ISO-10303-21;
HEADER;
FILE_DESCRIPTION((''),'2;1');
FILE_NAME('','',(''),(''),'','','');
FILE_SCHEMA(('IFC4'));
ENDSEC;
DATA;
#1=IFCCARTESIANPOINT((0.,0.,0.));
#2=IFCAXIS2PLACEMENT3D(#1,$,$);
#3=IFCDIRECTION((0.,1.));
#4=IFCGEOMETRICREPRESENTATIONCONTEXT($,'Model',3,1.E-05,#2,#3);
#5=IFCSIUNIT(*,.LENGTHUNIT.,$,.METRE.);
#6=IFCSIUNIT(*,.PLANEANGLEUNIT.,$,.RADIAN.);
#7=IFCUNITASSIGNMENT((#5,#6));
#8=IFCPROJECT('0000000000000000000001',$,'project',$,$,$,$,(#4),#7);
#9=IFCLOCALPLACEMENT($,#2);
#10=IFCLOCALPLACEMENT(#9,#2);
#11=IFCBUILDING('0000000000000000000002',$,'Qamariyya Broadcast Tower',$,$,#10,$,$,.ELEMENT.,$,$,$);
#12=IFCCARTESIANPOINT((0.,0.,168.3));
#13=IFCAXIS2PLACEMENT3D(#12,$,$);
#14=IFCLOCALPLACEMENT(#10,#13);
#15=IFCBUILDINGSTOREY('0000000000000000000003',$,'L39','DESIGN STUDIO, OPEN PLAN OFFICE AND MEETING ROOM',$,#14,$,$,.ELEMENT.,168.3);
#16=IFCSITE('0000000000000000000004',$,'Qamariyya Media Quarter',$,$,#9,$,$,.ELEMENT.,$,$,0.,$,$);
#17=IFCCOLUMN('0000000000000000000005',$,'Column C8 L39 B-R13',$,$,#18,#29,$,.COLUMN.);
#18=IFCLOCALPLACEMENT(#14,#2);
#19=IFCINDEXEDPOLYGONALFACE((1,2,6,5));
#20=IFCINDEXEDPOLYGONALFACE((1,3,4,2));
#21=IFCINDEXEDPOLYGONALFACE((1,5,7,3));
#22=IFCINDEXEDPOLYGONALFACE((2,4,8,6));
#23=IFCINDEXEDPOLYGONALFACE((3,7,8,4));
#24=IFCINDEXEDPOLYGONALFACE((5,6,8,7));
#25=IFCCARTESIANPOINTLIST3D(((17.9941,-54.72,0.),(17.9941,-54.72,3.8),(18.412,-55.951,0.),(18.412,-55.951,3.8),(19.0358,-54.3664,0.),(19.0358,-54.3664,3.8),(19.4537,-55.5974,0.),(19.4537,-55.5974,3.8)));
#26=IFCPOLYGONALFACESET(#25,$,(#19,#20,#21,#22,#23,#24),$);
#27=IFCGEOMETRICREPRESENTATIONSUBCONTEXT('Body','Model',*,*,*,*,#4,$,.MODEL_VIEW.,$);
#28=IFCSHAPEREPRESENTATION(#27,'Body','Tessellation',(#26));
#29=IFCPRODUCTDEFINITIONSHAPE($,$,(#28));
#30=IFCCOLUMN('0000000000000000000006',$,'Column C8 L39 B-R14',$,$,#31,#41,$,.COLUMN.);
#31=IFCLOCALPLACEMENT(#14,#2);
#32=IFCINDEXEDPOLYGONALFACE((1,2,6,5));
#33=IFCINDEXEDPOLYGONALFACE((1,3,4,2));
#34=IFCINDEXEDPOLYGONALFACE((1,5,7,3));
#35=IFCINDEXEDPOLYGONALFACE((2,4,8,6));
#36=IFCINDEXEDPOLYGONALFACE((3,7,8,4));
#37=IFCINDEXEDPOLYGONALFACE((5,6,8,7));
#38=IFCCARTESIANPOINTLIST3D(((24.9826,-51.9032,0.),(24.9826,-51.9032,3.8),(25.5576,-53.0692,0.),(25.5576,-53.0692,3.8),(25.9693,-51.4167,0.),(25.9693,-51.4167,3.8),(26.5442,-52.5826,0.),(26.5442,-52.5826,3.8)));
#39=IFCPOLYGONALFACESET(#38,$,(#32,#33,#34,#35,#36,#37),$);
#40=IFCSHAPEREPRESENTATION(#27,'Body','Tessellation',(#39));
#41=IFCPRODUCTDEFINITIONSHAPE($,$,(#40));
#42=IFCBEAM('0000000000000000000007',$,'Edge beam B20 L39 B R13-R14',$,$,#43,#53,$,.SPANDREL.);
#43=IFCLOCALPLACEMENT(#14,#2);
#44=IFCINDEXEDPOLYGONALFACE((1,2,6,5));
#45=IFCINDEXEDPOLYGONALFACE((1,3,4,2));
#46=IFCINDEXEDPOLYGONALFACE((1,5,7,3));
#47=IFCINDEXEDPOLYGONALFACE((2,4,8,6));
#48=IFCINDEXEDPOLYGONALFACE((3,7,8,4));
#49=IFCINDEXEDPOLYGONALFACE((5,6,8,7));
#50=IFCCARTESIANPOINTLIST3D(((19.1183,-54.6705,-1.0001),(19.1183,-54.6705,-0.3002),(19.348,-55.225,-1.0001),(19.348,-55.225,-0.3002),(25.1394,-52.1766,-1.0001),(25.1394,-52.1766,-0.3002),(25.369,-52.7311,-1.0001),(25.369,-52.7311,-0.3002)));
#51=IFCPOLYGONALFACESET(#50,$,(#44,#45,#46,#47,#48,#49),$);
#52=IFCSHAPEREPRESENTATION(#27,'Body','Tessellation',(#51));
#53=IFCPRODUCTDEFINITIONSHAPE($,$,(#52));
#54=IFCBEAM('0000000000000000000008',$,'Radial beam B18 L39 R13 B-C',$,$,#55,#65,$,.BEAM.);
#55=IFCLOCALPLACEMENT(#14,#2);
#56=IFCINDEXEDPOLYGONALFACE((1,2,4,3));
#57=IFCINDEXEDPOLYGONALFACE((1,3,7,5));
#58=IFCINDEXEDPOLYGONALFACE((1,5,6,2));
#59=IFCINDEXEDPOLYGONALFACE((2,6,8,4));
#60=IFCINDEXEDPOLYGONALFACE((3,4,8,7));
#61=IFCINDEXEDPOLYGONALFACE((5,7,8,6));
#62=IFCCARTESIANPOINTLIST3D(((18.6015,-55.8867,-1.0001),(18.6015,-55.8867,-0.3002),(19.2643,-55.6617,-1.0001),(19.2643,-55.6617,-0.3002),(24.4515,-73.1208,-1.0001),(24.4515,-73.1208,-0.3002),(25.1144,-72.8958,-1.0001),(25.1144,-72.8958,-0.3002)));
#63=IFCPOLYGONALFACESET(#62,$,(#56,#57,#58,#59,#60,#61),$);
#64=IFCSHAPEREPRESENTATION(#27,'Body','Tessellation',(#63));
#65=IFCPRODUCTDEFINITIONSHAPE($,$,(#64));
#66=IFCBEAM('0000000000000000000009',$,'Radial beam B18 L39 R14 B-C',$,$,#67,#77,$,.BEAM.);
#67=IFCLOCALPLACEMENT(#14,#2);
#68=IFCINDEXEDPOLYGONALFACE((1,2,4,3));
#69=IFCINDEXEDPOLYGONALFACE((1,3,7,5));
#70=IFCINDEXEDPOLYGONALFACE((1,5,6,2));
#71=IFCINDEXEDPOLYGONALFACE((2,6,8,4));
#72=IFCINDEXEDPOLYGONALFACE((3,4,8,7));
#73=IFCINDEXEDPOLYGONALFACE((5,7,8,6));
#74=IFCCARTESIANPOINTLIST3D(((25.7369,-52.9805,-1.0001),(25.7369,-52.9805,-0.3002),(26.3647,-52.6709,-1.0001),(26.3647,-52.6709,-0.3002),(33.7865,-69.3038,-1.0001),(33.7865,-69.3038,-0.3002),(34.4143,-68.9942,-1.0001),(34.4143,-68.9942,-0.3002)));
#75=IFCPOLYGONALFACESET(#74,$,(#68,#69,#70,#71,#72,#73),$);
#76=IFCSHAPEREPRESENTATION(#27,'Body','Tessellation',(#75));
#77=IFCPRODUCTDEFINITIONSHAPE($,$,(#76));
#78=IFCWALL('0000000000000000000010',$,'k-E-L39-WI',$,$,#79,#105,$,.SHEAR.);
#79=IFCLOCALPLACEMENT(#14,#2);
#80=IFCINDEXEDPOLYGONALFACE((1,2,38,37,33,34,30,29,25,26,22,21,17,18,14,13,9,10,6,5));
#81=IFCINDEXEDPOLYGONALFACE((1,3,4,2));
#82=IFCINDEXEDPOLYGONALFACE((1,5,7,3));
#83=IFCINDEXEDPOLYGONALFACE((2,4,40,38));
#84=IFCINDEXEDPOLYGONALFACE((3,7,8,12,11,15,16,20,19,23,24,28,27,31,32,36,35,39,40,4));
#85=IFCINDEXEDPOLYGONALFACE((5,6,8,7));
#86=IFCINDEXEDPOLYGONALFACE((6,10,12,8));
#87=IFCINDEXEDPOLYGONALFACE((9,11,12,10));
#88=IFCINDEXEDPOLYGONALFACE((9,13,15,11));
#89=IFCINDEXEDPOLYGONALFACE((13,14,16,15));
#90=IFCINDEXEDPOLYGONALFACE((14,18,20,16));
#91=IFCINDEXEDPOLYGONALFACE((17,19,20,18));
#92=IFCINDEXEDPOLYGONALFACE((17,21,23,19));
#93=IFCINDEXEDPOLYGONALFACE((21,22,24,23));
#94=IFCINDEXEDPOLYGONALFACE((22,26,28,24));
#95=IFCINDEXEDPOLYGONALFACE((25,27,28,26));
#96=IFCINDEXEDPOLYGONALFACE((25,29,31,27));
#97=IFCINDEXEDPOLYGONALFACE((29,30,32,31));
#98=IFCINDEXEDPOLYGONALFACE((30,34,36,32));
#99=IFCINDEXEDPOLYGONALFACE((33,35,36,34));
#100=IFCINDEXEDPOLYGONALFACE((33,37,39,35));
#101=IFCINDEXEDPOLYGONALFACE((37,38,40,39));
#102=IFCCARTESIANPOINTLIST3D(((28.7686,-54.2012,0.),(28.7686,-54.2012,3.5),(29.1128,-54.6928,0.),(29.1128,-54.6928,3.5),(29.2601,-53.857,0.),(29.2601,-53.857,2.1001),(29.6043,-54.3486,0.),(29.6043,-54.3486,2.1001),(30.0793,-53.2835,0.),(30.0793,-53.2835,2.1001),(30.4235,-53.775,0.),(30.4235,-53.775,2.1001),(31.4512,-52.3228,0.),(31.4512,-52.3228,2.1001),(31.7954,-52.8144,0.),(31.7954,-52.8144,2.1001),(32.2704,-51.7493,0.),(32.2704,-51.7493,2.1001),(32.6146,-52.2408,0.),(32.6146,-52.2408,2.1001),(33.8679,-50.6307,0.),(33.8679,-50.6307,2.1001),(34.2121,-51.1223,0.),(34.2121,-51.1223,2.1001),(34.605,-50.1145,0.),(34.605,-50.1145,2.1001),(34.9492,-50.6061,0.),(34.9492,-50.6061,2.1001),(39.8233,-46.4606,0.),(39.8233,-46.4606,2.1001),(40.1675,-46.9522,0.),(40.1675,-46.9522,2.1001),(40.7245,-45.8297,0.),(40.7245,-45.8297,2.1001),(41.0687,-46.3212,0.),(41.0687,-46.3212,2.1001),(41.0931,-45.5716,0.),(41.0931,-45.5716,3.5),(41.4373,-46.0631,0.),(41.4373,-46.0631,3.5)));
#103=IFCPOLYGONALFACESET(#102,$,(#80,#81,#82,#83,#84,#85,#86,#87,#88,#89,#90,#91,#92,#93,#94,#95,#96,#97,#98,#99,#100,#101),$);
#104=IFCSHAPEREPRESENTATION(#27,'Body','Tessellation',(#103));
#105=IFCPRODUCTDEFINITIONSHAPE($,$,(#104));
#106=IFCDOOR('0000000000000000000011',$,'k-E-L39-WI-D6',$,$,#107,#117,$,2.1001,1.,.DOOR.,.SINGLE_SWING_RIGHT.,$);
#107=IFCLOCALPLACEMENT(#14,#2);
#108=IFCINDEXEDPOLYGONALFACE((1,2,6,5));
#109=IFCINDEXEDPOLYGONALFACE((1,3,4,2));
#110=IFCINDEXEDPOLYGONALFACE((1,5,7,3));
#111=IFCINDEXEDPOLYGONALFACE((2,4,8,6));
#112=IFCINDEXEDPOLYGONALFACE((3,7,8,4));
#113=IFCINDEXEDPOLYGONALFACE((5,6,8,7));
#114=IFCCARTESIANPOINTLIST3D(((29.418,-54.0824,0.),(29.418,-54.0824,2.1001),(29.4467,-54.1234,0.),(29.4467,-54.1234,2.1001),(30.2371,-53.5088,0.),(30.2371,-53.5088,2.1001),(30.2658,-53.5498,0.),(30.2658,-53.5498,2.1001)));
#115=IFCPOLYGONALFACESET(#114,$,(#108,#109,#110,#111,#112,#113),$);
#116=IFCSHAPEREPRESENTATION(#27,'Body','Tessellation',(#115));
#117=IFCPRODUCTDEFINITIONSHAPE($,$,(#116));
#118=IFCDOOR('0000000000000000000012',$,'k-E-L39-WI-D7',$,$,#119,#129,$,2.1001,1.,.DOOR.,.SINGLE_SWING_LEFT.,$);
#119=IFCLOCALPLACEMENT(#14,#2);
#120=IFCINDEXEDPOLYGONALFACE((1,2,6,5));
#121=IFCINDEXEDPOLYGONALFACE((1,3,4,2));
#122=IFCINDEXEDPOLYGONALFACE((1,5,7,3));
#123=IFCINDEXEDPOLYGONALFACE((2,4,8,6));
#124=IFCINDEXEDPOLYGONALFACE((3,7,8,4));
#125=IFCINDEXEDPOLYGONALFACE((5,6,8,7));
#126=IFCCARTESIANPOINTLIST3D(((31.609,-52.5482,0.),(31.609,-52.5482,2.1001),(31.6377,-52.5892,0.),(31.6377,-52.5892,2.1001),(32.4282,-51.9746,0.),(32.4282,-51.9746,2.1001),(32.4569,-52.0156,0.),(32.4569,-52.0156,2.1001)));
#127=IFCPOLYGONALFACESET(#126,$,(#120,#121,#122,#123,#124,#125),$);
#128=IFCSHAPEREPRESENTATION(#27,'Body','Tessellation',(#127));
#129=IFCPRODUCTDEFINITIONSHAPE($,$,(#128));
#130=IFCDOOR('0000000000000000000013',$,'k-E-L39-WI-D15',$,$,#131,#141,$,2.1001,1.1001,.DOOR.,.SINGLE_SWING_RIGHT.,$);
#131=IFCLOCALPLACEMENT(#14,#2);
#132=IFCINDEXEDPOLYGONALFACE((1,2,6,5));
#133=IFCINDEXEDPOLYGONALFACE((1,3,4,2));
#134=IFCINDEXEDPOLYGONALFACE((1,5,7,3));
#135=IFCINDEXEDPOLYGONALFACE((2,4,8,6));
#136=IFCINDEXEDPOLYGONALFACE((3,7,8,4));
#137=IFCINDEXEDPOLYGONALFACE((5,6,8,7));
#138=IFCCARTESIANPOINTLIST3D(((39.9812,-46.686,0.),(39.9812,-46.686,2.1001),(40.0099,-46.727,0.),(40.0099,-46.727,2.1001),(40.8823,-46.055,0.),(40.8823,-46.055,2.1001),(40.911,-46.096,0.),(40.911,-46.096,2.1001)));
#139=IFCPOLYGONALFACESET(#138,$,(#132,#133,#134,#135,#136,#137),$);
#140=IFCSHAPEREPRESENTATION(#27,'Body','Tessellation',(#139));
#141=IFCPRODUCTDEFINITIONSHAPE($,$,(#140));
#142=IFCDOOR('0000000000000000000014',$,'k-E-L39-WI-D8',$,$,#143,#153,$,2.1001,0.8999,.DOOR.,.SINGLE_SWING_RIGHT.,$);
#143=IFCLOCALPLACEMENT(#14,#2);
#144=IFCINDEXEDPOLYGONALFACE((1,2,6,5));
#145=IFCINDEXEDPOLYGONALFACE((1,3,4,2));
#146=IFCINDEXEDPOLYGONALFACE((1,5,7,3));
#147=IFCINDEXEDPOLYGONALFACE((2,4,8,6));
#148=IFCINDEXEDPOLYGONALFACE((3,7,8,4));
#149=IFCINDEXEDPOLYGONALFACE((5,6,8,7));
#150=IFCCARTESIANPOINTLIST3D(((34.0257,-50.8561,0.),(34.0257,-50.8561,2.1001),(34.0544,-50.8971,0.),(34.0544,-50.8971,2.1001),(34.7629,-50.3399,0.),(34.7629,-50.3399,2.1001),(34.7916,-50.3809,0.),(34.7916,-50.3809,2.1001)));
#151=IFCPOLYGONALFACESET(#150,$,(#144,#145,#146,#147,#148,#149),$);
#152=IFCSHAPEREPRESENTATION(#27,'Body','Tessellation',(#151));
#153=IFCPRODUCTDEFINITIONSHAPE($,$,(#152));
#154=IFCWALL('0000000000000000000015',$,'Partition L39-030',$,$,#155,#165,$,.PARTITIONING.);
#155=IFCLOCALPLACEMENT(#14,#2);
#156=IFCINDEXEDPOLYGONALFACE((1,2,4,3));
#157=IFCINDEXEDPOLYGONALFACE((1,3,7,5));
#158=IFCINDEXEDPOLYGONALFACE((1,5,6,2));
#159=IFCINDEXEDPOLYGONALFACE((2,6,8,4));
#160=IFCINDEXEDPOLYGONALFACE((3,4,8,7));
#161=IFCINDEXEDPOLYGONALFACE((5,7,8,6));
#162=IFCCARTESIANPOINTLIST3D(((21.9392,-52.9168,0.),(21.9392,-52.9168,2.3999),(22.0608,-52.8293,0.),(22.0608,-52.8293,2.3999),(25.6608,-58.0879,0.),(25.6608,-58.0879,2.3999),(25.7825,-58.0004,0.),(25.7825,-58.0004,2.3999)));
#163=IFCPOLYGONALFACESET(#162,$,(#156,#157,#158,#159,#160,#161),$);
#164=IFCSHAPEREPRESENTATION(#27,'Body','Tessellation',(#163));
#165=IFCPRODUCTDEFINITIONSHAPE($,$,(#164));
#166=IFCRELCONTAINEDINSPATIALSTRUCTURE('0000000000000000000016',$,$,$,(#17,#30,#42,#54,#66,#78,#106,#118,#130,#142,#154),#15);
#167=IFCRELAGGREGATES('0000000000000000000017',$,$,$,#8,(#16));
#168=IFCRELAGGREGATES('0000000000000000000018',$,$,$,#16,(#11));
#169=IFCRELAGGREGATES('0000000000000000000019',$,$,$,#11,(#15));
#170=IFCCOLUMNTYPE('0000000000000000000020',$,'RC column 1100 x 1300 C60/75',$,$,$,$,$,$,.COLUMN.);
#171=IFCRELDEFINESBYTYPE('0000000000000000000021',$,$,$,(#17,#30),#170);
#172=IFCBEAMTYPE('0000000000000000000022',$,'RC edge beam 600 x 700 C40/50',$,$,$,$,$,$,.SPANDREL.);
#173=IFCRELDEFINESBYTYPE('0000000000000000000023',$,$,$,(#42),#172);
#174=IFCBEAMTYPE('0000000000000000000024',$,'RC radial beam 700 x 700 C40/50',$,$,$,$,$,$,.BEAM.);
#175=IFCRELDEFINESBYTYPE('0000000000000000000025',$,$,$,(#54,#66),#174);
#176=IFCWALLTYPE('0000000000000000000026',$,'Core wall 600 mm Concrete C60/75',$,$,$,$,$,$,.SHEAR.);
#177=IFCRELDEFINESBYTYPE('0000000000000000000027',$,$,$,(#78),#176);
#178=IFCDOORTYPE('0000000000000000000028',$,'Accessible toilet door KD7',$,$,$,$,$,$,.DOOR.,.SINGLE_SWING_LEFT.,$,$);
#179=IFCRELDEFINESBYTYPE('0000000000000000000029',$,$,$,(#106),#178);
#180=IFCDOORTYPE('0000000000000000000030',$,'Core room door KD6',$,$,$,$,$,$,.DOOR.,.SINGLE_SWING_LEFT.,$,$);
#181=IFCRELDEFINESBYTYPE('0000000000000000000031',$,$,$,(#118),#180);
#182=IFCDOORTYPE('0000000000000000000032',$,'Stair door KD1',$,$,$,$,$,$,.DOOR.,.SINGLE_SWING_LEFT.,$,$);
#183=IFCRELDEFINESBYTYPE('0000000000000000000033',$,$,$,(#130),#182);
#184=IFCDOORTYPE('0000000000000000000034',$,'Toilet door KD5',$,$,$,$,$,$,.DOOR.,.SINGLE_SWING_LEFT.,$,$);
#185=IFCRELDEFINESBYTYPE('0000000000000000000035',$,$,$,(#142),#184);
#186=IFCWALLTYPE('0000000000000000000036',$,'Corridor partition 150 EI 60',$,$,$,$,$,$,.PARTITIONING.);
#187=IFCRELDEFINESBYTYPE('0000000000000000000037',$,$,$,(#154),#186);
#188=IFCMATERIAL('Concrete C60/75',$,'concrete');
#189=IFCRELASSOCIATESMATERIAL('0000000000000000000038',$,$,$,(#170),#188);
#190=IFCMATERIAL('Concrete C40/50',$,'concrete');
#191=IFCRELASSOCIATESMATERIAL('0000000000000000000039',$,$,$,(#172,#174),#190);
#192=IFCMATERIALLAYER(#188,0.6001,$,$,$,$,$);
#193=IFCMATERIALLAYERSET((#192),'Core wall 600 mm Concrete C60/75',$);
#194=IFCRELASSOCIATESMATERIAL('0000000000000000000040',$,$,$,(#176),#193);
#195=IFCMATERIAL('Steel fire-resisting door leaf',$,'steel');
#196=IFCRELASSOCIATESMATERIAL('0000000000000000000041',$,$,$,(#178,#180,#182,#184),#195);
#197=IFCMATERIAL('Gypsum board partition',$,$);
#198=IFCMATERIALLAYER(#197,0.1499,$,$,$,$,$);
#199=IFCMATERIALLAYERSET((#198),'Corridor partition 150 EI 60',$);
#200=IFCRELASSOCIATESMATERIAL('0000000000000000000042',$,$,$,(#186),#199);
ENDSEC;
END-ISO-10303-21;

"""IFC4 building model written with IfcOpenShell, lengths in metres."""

from ifc_helpers import new_model, si_unit, direction, frame, frame_2d, origin, origin_2d, place, context, subcontext, project, spatial, rectangle, extrude, material, layer, layer_set, material_profile, profile_set, type_object, element, fill, save


model = new_model("IFC4")

# Units and contexts
model_context = context("Model", 3, precision=1e-05, world=origin(), true_north=direction((0.0, 1.0)))
body_context = subcontext(model_context, "Body", "Model", "MODEL_VIEW")
ifc_project = project(units=[si_unit("LENGTHUNIT", "METRE"), si_unit("PLANEANGLEUNIT", "RADIAN")], contexts=[model_context])

# Site, building, storey
site_placement = place(None, origin())
site = spatial("IfcSite", under=ifc_project, at=site_placement, Name="Qamariyya Media Quarter", CompositionType="ELEMENT", RefElevation=0.0)
building_placement = place(site_placement, origin())
building = spatial("IfcBuilding", under=site, at=building_placement, Name="Qamariyya Broadcast Tower", CompositionType="ELEMENT")
storey_placement = place(building_placement, frame((0.0, 0.0, 168.3)))
storey = spatial("IfcBuildingStorey", under=building, at=storey_placement, Name="L39", Description="DESIGN STUDIO, OPEN PLAN OFFICE AND MEETING ROOM", CompositionType="ELEMENT", Elevation=168.3)

# Columns
ifc_material_1 = material(Name="Concrete C60/75", Category="concrete")
ifc_material_profile_1 = material_profile(ifc_material_1, rectangle(XDim=1.1001, YDim=1.3, at=origin_2d()))
ifc_profile_set_1 = profile_set([ifc_material_profile_1], Name="Concrete C60/75")
column_type = type_object("IfcColumnType", Name="RC column 1100 x 1300 C60/75", PredefinedType="COLUMN", material=ifc_profile_set_1)
for number, where, z_axis, x_axis, name in (
    (1, (18.7239, -55.1587, 0.0), (0.0, 0.0, 1.0), (0.94693, 0.321439, 0.0), "Column C8 L39 B-R13"),
    (2, (25.7634, -52.2429, 0.0), (0.0, 0.0, 1.0), (0.896873, 0.442289, 0.0), "Column C8 L39 B-R14"),
):
    element("IfcColumn", number, at=place(storey_placement, frame(where, z_axis=z_axis, x_axis=x_axis)), inside=storey, type_object=column_type, Name=name, PredefinedType="COLUMN", context=body_context, shape_type="SweptSolid", body=[
        extrude(rectangle(XDim=1.1001, YDim=1.3, at=origin_2d()), origin(), (0.0, 0.0, 1.0), 3.8),
    ])

# Beams
ifc_material_2 = material(Name="Concrete C40/50", Category="concrete")
ifc_material_profile_2 = material_profile(ifc_material_2, rectangle(XDim=0.6001, YDim=0.7, at=origin_2d()))
ifc_profile_set_2 = profile_set([ifc_material_profile_2], Name="Concrete C40/50")
beam_type_1 = type_object("IfcBeamType", Name="RC edge beam 600 x 700 C40/50", PredefinedType="SPANDREL", material=ifc_profile_set_2)
beam_1_placement = place(storey_placement, frame((19.2332, -54.9478, -0.6501), z_axis=(0.923884, 0.382673, 0.0), x_axis=(-0.382673, 0.923884, 0.0)))
element("IfcBeam", 3, at=beam_1_placement, inside=storey, type_object=beam_type_1, Name="Edge beam B20 L39 B R13-R14", PredefinedType="SPANDREL", context=body_context, shape_type="SweptSolid", body=[
    extrude(rectangle(XDim=0.6001, YDim=0.7, at=origin_2d()), origin(), (0.0, 0.0, 1.0), 6.5171),
])
ifc_material_profile_3 = material_profile(ifc_material_2, rectangle(XDim=0.7, YDim=0.7, at=origin_2d()))
ifc_profile_set_3 = profile_set([ifc_material_profile_3], Name="Concrete C40/50")
beam_type_2 = type_object("IfcBeamType", Name="RC radial beam 700 x 700 C40/50", PredefinedType="BEAM", material=ifc_profile_set_3)
beam_2_placement = place(storey_placement, frame((18.9329, -55.7742, -0.6501), z_axis=(0.321434, -0.946932, 0.0), x_axis=(0.946932, 0.321434, 0.0)))
element("IfcBeam", 4, at=beam_2_placement, inside=storey, type_object=beam_type_2, Name="Radial beam B18 L39 R13 B-C", PredefinedType="BEAM", context=body_context, shape_type="SweptSolid", body=[
    extrude(rectangle(XDim=0.7, YDim=0.7, at=origin_2d()), origin(), (0.0, 0.0, 1.0), 18.2),
])
beam_3_placement = place(storey_placement, frame((26.0508, -52.8257, -0.6501), z_axis=(0.442281, -0.896876, 0.0), x_axis=(0.896876, 0.442281, 0.0)))
element("IfcBeam", 5, at=beam_3_placement, inside=storey, type_object=beam_type_2, Name="Radial beam B18 L39 R14 B-C", PredefinedType="BEAM", context=body_context, shape_type="SweptSolid", body=[
    extrude(rectangle(XDim=0.7, YDim=0.7, at=origin_2d()), origin(), (0.0, 0.0, 1.0), 18.2002),
])

# Wall, openings, doors
ifc_layer_1 = layer(ifc_material_1, 0.6001)
ifc_layer_set_1 = layer_set([ifc_layer_1], Name="Core wall 600 mm Concrete C60/75")
wall_type_1 = type_object("IfcWallType", Name="Core wall 600 mm Concrete C60/75", PredefinedType="SHEAR", material=ifc_layer_set_1)
wall_1_placement = place(storey_placement, frame((28.9407, -54.447, 0.0), z_axis=(0.0, 0.0, 1.0), x_axis=(0.819153, 0.573575, 0.0)))
wall_1 = element("IfcWall", 6, at=wall_1_placement, inside=storey, type_object=wall_type_1, Name="k-E-L39-WI", PredefinedType="SHEAR", context=body_context, shape_type="SweptSolid", body=[
    extrude(rectangle(XDim=15.0454, YDim=0.6001, at=frame_2d((7.5227, 0.0))), origin(), (0.0, 0.0, 1.0), 3.5),
])
opening_1_placement = place(wall_1_placement, frame((0.6001, 0.0, 0.0)))
opening_1 = element("IfcOpeningElement", 7, at=opening_1_placement, cuts=wall_1, PredefinedType="OPENING", context=body_context, shape_type="SweptSolid", body=[
    extrude(rectangle(XDim=1.0, YDim=2.1001, at=frame_2d((0.5, 1.05))), frame((0.0, 0.3101, 0.0), z_axis=(0.0, -1.0, 0.0), x_axis=(1.0, 0.0, 0.0)), (0.0, 0.0, 1.0), 0.6201),
])
opening_2_placement = place(wall_1_placement, frame((3.2749, 0.0, 0.0)))
opening_2 = element("IfcOpeningElement", 8, at=opening_2_placement, cuts=wall_1, PredefinedType="OPENING", context=body_context, shape_type="SweptSolid", body=[
    extrude(rectangle(XDim=1.0, YDim=2.1001, at=frame_2d((0.5, 1.05))), frame((0.0, 0.3101, 0.0), z_axis=(0.0, -1.0, 0.0), x_axis=(1.0, 0.0, 0.0)), (0.0, 0.0, 1.0), 0.6201),
])
opening_3_placement = place(wall_1_placement, frame((6.2251, 0.0, 0.0)))
opening_3 = element("IfcOpeningElement", 9, at=opening_3_placement, cuts=wall_1, PredefinedType="OPENING", context=body_context, shape_type="SweptSolid", body=[
    extrude(rectangle(XDim=0.8999, YDim=2.1001, at=frame_2d((0.45, 1.05))), frame((0.0, 0.3101, 0.0), z_axis=(0.0, -1.0, 0.0), x_axis=(1.0, 0.0, 0.0)), (0.0, 0.0, 1.0), 0.6201),
])
opening_4_placement = place(wall_1_placement, frame((13.4954, 0.0, 0.0)))
opening_4 = element("IfcOpeningElement", 10, at=opening_4_placement, cuts=wall_1, PredefinedType="OPENING", context=body_context, shape_type="SweptSolid", body=[
    extrude(rectangle(XDim=1.1001, YDim=2.1001, at=frame_2d((0.55, 1.05))), frame((0.0, 0.3101, 0.0), z_axis=(0.0, -1.0, 0.0), x_axis=(1.0, 0.0, 0.0)), (0.0, 0.0, 1.0), 0.6201),
])
ifc_material_3 = material(Name="Steel fire-resisting door leaf", Category="steel")
door_type_1 = type_object("IfcDoorType", Name="Accessible toilet door KD7", OperationType="SINGLE_SWING_LEFT", PredefinedType="DOOR", material=ifc_material_3)
door_1_placement = place(opening_1_placement, origin())
door_1 = element("IfcDoor", 11, at=door_1_placement, inside=storey, type_object=door_type_1, Name="k-E-L39-WI-D6", OperationType="SINGLE_SWING_RIGHT", OverallHeight=2.1001, OverallWidth=1.0, PredefinedType="DOOR", context=body_context, shape_type="SweptSolid", body=[
    extrude(rectangle(XDim=1.0, YDim=2.1001, at=frame_2d((0.5, 1.05))), frame((0.0, 0.0249, 0.0), z_axis=(0.0, -1.0, 0.0), x_axis=(1.0, 0.0, 0.0)), (0.0, 0.0, 1.0), 0.05),
])
fill(opening_1, door_1)
door_type_2 = type_object("IfcDoorType", Name="Core room door KD6", OperationType="SINGLE_SWING_LEFT", PredefinedType="DOOR", material=ifc_material_3)
door_2_placement = place(opening_2_placement, origin())
door_2 = element("IfcDoor", 12, at=door_2_placement, inside=storey, type_object=door_type_2, Name="k-E-L39-WI-D7", OperationType="SINGLE_SWING_LEFT", OverallHeight=2.1001, OverallWidth=1.0, PredefinedType="DOOR", context=body_context, shape_type="SweptSolid", body=[
    extrude(rectangle(XDim=1.0, YDim=2.1001, at=frame_2d((0.5, 1.05))), frame((0.0, 0.0249, 0.0), z_axis=(0.0, -1.0, 0.0), x_axis=(1.0, 0.0, 0.0)), (0.0, 0.0, 1.0), 0.05),
])
fill(opening_2, door_2)
door_type_3 = type_object("IfcDoorType", Name="Stair door KD1", OperationType="SINGLE_SWING_LEFT", PredefinedType="DOOR", material=ifc_material_3)
door_3_placement = place(opening_4_placement, origin())
door_3 = element("IfcDoor", 13, at=door_3_placement, inside=storey, type_object=door_type_3, Name="k-E-L39-WI-D15", OperationType="SINGLE_SWING_RIGHT", OverallHeight=2.1001, OverallWidth=1.1001, PredefinedType="DOOR", context=body_context, shape_type="SweptSolid", body=[
    extrude(rectangle(XDim=1.1001, YDim=2.1001, at=frame_2d((0.55, 1.05))), frame((0.0, 0.0249, 0.0), z_axis=(0.0, -1.0, 0.0), x_axis=(1.0, 0.0, 0.0)), (0.0, 0.0, 1.0), 0.05),
])
fill(opening_4, door_3)
door_type_4 = type_object("IfcDoorType", Name="Toilet door KD5", OperationType="SINGLE_SWING_LEFT", PredefinedType="DOOR", material=ifc_material_3)
door_4_placement = place(opening_3_placement, origin())
door_4 = element("IfcDoor", 14, at=door_4_placement, inside=storey, type_object=door_type_4, Name="k-E-L39-WI-D8", OperationType="SINGLE_SWING_RIGHT", OverallHeight=2.1001, OverallWidth=0.8999, PredefinedType="DOOR", context=body_context, shape_type="SweptSolid", body=[
    extrude(rectangle(XDim=0.8999, YDim=2.1001, at=frame_2d((0.45, 1.05))), frame((0.0, 0.0249, 0.0), z_axis=(0.0, -1.0, 0.0), x_axis=(1.0, 0.0, 0.0)), (0.0, 0.0, 1.0), 0.05),
])
fill(opening_3, door_4)

# Wall
ifc_material_4 = material(Name="Gypsum board partition")
ifc_layer_2 = layer(ifc_material_4, 0.1499)
ifc_layer_set_2 = layer_set([ifc_layer_2], Name="Corridor partition 150 EI 60")
wall_type_2 = type_object("IfcWallType", Name="Corridor partition 150 EI 60", PredefinedType="PARTITIONING", material=ifc_layer_set_2)
wall_2_placement = place(storey_placement, frame((22.0, -52.873, 0.0), z_axis=(0.0, 0.0, 1.0), x_axis=(0.584145, -0.811649, 0.0)))
element("IfcWall", 15, at=wall_2_placement, inside=storey, type_object=wall_type_2, Name="Partition L39-030", PredefinedType="PARTITIONING", context=body_context, shape_type="SweptSolid", body=[
    extrude(rectangle(XDim=6.3711, YDim=0.1499, at=frame_2d((3.1855, 0.0))), origin(), (0.0, 0.0, 1.0), 2.3999),
])

save(model, "model.ifc")
